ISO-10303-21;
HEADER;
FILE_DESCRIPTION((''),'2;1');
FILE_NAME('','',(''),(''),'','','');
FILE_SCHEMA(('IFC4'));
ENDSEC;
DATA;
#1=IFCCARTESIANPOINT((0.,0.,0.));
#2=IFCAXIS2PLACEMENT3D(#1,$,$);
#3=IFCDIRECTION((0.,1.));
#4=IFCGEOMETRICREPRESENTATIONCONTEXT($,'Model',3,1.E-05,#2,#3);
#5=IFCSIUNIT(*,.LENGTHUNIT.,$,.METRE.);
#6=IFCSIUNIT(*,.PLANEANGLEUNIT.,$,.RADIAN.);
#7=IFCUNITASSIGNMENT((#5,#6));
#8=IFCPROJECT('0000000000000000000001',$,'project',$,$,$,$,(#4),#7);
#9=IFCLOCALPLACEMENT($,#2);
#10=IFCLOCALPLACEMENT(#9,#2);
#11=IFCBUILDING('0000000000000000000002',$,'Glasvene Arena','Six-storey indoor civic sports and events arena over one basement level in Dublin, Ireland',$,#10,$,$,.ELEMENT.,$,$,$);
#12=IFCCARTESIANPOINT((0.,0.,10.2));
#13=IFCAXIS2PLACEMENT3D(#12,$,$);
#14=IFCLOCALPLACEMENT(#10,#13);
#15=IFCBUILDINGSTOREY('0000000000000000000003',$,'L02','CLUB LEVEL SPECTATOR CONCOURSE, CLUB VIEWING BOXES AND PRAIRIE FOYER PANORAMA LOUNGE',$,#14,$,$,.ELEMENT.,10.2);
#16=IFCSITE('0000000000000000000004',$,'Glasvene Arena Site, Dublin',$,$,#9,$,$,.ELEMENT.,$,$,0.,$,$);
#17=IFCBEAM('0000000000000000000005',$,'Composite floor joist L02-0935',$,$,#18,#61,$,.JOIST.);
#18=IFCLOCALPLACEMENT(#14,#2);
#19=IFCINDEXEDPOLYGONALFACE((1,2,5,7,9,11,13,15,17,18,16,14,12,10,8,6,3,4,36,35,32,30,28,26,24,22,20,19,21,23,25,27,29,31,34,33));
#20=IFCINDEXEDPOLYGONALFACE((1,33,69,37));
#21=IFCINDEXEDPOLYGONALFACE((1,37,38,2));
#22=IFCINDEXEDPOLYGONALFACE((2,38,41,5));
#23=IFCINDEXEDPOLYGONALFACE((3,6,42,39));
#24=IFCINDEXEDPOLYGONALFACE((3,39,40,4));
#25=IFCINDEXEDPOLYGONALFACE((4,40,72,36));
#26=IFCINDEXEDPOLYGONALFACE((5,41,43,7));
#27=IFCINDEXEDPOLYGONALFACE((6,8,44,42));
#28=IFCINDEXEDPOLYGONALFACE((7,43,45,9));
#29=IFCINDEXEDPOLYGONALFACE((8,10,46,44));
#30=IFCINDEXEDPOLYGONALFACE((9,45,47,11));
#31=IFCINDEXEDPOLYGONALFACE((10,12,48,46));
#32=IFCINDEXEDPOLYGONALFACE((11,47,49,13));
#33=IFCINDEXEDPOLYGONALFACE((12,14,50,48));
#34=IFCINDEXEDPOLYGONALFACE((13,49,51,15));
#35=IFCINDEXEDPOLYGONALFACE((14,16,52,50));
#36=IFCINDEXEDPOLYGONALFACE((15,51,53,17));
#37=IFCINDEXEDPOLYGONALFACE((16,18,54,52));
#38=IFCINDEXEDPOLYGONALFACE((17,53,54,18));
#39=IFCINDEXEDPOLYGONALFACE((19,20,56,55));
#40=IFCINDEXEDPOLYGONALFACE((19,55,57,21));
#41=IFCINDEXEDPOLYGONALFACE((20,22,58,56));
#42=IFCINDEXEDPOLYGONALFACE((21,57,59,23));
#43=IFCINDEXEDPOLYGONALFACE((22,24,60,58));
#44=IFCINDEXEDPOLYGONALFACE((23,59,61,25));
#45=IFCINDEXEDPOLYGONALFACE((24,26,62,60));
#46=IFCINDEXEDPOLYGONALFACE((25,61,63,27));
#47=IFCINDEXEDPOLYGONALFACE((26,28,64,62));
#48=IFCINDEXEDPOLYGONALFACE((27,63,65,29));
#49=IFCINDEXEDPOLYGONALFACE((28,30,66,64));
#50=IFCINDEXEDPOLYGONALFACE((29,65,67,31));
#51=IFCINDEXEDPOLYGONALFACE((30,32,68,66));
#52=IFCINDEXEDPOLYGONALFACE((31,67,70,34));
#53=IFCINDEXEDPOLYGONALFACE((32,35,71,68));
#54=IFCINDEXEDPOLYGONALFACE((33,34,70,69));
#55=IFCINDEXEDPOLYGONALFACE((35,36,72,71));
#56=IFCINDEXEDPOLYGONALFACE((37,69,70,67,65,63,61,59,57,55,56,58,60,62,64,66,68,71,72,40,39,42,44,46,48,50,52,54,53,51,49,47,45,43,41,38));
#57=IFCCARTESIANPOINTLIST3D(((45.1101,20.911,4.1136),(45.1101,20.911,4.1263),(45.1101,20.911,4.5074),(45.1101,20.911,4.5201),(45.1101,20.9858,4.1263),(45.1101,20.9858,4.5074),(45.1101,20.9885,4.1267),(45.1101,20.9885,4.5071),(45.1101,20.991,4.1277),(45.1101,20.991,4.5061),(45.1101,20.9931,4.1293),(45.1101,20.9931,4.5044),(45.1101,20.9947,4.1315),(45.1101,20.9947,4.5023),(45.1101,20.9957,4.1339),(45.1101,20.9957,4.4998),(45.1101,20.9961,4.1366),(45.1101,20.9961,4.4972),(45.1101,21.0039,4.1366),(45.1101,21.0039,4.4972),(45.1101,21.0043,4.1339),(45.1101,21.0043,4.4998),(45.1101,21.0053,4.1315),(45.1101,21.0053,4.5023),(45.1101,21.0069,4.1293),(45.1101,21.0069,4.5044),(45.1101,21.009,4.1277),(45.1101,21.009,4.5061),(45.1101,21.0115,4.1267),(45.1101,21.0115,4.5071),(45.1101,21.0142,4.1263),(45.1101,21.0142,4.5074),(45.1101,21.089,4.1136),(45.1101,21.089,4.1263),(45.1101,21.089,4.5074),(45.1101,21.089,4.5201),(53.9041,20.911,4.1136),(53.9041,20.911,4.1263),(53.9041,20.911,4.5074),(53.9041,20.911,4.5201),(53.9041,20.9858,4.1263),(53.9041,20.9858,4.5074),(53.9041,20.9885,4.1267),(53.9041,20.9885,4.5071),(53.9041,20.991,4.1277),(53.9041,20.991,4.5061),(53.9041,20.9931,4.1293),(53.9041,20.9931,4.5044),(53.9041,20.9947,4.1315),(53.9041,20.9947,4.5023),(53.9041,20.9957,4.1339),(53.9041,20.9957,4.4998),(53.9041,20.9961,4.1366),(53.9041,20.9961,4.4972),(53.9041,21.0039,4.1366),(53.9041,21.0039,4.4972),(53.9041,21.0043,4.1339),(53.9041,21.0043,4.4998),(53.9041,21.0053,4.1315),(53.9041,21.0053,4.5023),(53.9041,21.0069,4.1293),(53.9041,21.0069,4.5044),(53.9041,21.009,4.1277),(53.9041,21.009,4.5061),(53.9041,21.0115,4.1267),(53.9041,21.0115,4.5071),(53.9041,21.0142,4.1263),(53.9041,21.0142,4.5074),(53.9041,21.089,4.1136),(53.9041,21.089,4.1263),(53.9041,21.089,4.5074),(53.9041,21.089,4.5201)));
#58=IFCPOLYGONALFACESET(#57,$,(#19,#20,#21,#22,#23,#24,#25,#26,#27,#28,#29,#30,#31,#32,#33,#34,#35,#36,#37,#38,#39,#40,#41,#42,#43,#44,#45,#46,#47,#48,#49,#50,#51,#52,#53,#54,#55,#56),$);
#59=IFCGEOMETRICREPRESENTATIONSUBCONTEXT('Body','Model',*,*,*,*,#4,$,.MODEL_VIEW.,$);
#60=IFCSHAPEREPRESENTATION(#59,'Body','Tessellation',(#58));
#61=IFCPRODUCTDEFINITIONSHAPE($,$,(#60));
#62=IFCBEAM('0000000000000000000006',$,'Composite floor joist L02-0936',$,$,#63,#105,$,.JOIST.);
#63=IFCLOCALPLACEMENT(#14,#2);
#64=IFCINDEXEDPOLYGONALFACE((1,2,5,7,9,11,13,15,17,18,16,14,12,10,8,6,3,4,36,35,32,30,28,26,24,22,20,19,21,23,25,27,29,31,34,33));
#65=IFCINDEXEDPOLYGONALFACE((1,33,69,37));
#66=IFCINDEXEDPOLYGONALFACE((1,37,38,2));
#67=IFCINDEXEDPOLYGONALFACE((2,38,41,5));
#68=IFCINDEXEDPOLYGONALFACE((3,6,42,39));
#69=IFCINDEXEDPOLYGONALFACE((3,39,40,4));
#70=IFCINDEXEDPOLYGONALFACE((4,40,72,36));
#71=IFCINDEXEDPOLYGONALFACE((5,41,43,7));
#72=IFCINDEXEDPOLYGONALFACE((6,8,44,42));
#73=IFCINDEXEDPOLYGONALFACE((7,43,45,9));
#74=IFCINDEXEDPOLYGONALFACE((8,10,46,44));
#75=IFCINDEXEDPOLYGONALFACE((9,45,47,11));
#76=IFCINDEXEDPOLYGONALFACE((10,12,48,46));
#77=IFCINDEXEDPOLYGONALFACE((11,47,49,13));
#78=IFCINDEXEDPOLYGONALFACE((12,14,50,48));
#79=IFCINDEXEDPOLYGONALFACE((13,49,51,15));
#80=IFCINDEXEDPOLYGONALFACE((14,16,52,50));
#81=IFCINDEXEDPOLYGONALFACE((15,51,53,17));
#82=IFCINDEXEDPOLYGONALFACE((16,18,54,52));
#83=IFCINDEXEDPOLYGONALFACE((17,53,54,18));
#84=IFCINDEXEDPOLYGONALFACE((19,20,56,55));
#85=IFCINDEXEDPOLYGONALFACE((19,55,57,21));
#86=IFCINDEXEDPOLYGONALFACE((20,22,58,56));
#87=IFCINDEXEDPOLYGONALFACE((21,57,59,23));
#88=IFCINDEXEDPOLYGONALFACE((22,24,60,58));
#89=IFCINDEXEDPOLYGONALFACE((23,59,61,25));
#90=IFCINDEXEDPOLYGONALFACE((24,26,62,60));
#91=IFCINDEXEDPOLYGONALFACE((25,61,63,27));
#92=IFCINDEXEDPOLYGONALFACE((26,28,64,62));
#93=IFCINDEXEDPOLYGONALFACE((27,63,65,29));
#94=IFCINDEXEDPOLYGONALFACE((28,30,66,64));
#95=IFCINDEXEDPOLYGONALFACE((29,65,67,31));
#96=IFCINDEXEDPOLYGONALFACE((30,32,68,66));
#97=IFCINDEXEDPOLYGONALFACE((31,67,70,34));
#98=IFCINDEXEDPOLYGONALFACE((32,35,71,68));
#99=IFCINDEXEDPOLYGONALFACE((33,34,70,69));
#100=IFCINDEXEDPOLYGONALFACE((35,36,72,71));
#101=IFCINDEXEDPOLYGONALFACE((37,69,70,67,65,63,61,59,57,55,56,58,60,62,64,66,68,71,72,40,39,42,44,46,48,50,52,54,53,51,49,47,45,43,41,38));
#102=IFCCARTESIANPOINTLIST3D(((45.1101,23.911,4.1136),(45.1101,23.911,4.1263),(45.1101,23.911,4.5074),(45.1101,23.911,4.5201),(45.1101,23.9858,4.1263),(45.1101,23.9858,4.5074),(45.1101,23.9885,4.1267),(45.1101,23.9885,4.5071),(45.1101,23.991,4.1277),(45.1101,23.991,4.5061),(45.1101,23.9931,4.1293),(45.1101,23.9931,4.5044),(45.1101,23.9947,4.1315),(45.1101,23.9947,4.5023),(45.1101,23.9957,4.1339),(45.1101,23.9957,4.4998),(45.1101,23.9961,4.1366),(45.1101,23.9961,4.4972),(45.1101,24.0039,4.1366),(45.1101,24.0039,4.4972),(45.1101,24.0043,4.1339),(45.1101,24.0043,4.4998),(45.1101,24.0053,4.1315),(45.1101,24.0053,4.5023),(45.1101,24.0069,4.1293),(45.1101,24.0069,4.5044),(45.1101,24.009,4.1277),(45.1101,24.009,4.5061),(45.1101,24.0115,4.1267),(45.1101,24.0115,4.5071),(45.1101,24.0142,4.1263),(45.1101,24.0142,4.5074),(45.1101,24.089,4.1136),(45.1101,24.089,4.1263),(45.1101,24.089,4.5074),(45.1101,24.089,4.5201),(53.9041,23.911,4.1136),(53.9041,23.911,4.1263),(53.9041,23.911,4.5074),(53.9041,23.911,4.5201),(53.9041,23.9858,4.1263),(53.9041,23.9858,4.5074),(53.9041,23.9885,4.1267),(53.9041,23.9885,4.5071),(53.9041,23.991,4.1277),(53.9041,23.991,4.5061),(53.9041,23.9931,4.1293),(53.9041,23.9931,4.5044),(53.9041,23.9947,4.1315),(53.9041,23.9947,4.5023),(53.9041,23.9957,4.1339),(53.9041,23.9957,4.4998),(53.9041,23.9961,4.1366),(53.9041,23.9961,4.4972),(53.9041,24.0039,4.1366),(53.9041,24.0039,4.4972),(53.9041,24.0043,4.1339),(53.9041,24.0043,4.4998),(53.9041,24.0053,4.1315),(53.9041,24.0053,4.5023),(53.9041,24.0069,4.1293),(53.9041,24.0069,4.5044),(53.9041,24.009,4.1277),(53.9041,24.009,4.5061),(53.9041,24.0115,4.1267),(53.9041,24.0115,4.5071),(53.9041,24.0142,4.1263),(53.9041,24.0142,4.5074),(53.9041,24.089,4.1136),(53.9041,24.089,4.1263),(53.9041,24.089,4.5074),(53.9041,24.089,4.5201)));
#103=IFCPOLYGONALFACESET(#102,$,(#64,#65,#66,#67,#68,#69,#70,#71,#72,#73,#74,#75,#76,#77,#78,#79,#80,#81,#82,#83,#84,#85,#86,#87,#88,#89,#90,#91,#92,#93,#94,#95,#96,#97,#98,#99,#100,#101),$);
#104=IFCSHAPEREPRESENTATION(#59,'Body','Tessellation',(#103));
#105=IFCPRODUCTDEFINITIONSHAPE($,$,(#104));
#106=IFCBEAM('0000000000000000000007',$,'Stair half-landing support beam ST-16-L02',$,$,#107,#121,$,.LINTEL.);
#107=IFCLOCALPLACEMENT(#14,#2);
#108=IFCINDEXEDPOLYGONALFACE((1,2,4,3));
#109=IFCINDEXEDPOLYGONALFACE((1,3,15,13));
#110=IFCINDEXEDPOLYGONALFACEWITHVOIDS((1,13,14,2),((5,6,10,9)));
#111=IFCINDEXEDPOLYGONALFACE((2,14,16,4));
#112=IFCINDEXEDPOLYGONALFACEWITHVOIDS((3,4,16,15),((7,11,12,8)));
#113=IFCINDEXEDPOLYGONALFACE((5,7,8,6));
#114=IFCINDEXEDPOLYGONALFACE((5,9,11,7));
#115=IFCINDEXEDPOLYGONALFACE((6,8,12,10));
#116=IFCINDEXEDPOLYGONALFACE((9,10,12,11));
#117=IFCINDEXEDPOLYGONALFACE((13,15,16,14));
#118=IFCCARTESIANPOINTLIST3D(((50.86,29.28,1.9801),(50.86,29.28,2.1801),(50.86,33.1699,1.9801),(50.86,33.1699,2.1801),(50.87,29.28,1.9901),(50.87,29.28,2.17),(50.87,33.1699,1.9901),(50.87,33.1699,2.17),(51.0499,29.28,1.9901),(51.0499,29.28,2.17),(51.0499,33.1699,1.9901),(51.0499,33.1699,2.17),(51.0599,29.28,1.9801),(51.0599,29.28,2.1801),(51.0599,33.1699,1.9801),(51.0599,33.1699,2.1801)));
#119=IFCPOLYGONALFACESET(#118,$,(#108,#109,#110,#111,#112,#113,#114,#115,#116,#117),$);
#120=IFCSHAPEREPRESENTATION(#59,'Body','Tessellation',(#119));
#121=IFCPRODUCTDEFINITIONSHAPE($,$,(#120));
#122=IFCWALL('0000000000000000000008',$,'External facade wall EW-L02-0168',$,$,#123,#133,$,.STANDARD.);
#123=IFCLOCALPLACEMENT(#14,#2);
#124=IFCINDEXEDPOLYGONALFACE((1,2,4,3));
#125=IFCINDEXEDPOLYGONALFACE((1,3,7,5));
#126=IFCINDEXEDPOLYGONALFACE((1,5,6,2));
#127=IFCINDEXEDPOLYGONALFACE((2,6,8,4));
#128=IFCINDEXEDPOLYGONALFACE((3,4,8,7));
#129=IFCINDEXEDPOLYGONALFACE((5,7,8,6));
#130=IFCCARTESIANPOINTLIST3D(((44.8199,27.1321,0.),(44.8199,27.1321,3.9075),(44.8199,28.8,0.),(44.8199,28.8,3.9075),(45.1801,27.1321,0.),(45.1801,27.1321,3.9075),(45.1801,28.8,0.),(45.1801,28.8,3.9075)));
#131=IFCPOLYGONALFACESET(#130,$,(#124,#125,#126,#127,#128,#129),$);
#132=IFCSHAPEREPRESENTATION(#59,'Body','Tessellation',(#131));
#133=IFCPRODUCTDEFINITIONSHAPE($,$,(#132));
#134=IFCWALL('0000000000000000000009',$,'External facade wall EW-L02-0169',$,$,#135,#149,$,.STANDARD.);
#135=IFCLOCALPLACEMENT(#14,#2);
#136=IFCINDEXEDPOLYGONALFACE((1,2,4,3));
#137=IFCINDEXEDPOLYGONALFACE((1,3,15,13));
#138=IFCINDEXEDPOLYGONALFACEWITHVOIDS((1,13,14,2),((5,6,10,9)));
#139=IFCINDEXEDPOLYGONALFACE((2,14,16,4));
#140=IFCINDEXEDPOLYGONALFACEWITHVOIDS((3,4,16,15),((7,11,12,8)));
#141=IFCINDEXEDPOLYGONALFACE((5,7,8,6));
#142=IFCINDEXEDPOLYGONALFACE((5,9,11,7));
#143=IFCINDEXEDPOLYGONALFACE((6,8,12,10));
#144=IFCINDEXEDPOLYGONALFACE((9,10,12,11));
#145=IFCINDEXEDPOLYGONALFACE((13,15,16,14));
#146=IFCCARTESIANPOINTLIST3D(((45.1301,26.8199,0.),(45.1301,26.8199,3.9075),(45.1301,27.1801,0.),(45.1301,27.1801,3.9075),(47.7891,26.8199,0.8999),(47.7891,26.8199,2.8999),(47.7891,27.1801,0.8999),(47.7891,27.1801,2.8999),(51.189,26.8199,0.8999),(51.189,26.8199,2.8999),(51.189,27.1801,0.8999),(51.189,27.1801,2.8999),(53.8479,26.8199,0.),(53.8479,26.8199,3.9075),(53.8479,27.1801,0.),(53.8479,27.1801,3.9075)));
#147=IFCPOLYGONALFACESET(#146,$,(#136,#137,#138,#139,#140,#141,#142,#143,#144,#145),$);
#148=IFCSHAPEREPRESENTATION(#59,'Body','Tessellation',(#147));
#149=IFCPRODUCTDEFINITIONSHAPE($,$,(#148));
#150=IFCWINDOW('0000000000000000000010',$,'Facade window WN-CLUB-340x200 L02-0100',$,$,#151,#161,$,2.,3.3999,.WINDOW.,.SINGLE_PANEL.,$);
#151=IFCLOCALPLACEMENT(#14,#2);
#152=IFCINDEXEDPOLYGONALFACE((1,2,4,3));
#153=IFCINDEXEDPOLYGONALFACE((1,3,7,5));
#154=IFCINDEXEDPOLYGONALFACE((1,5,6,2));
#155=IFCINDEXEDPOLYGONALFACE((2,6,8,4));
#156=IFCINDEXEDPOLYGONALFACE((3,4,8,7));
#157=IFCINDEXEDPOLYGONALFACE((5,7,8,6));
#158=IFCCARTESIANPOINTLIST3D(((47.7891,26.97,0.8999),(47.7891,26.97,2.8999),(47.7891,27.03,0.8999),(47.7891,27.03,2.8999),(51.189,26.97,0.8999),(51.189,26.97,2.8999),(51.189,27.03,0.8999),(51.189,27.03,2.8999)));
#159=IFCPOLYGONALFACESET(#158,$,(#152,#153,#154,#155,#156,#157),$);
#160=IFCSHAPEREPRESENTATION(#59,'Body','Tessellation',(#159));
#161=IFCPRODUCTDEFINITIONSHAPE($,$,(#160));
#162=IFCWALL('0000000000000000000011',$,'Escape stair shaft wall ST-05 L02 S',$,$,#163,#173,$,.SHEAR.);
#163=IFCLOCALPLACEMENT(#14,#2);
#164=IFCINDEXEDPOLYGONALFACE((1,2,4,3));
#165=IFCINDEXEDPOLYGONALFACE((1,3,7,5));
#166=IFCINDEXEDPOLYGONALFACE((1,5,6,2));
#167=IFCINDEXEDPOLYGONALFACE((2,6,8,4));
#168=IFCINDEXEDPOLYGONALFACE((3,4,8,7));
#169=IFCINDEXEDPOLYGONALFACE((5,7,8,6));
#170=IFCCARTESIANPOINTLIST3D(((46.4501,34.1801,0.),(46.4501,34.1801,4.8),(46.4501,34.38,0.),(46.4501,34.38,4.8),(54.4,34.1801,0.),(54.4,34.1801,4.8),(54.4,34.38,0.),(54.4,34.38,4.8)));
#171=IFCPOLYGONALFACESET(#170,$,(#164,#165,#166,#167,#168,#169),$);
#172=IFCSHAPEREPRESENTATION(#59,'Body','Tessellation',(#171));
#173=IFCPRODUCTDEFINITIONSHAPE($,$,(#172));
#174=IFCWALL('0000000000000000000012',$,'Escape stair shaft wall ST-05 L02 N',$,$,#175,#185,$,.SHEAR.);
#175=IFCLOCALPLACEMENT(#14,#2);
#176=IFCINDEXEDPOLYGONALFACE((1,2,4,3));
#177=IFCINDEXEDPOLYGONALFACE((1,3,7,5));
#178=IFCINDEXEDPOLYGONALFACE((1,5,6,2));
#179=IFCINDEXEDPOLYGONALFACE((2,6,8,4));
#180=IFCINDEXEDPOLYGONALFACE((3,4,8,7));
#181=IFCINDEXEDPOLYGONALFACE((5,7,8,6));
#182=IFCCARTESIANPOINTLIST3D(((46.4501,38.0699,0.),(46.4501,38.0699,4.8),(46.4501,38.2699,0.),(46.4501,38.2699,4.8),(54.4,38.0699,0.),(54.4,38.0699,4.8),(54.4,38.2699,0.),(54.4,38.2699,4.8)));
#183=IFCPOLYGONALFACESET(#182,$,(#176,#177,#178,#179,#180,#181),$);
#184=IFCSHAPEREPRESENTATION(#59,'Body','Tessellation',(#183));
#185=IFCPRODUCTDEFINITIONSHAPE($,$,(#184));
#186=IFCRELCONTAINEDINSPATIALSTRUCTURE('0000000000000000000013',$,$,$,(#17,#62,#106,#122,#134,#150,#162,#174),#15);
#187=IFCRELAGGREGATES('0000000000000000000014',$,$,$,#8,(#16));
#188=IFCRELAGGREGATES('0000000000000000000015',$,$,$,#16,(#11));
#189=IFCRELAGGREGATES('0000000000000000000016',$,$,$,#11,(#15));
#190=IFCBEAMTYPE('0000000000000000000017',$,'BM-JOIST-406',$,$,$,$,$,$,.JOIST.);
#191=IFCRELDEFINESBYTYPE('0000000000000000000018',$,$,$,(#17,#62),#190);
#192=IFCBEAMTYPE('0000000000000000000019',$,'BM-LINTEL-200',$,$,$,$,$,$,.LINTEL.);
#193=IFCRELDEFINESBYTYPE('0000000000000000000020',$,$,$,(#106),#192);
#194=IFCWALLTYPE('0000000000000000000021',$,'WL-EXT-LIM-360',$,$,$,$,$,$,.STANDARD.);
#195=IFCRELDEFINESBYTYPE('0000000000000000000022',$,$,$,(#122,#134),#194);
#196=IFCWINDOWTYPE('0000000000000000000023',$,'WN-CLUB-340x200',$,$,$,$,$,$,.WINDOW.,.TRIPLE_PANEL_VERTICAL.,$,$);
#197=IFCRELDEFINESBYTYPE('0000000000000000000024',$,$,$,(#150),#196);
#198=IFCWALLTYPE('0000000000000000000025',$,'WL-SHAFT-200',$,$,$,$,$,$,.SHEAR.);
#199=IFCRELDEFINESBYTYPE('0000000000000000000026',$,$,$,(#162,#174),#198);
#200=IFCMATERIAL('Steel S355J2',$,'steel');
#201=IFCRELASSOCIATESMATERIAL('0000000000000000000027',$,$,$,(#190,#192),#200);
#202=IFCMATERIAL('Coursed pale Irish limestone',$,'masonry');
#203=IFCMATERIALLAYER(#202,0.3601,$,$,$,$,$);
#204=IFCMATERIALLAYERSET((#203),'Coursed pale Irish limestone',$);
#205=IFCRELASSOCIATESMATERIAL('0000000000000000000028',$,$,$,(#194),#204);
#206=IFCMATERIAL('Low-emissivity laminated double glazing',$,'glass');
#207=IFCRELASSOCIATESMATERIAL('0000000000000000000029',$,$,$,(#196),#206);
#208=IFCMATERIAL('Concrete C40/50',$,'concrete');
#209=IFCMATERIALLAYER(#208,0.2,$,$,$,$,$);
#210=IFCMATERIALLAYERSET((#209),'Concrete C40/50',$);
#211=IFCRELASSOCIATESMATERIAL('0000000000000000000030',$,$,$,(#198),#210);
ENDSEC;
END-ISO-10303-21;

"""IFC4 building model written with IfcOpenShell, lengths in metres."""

from ifc_helpers import new_model, si_unit, direction, frame, frame_2d, origin, origin_2d, place, context, subcontext, project, spatial, rectangle, hollow_rectangle, i_section, extrude, material, layer, layer_set, material_profile, profile_set, type_object, element, fill, save


model = new_model("IFC4")

# Units and contexts
model_context = context("Model", 3, precision=1e-05, world=origin(), true_north=direction((0.0, 1.0)))
body_context = subcontext(model_context, "Body", "Model", "MODEL_VIEW")
ifc_project = project(units=[si_unit("LENGTHUNIT", "METRE"), si_unit("PLANEANGLEUNIT", "RADIAN")], contexts=[model_context])

# Site, building, storey
site_placement = place(None, origin())
site = spatial("IfcSite", under=ifc_project, at=site_placement, Name="Glasvene Arena Site, Dublin", CompositionType="ELEMENT", RefElevation=0.0)
building_placement = place(site_placement, origin())
building = spatial("IfcBuilding", under=site, at=building_placement, Name="Glasvene Arena", Description="Six-storey indoor civic sports and events arena over one basement level in Dublin, Ireland", CompositionType="ELEMENT")
storey_placement = place(building_placement, frame((0.0, 0.0, 10.2)))
storey = spatial("IfcBuildingStorey", under=building, at=storey_placement, Name="L02", Description="CLUB LEVEL SPECTATOR CONCOURSE, CLUB VIEWING BOXES AND PRAIRIE FOYER PANORAMA LOUNGE", CompositionType="ELEMENT", Elevation=10.2)

# Shared definitions
ifc_material_1 = material(Name="Steel S355J2", Category="steel")

# Beams
ifc_material_profile_1 = material_profile(ifc_material_1, i_section(OverallWidth=0.178, OverallDepth=0.4065, WebThickness=0.0078, FlangeThickness=0.0127, FilletRadius=0.0103, at=origin_2d()), Name="UKB 406x178x60")
ifc_profile_set_1 = profile_set([ifc_material_profile_1], Name="Steel S355J2")
beam_type_1 = type_object("IfcBeamType", Name="BM-JOIST-406", PredefinedType="JOIST", material=ifc_profile_set_1)
for number, where, z_axis, x_axis, name in (
    (1, (45.1101, 21.0, 4.3169), (1.0, 0.0, 0.0), (0.0, 1.0, 0.0), "Composite floor joist L02-0935"),
    (2, (45.1101, 24.0, 4.3169), (1.0, 0.0, 0.0), (0.0, 1.0, 0.0), "Composite floor joist L02-0936"),
):
    element("IfcBeam", number, at=place(storey_placement, frame(where, z_axis=z_axis, x_axis=x_axis)), inside=storey, type_object=beam_type_1, Name=name, PredefinedType="JOIST", context=body_context, shape_type="SweptSolid", body=[
        extrude(i_section(OverallWidth=0.178, OverallDepth=0.4065, WebThickness=0.0078, FlangeThickness=0.0127, FilletRadius=0.0103, at=origin_2d()), origin(), (0.0, 0.0, 1.0), 8.7939),
    ])
ifc_material_profile_2 = material_profile(ifc_material_1, hollow_rectangle(XDim=0.2, YDim=0.2, WallThickness=0.01, at=origin_2d()), Name="SHS 200x200x10.0")
ifc_profile_set_2 = profile_set([ifc_material_profile_2], Name="Steel S355J2")
beam_type_2 = type_object("IfcBeamType", Name="BM-LINTEL-200", PredefinedType="LINTEL", material=ifc_profile_set_2)
beam_1_placement = place(storey_placement, frame((50.96, 29.28, 2.0801), z_axis=(0.0, 1.0, 0.0), x_axis=(-1.0, 0.0, 0.0)))
element("IfcBeam", 3, at=beam_1_placement, inside=storey, type_object=beam_type_2, Name="Stair half-landing support beam ST-16-L02", PredefinedType="LINTEL", context=body_context, shape_type="SweptSolid", body=[
    extrude(hollow_rectangle(XDim=0.2, YDim=0.2, WallThickness=0.01, at=origin_2d()), origin(), (0.0, 0.0, 1.0), 3.8899),
])

# Shared definitions
ifc_material_2 = material(Name="Concrete C40/50", Category="concrete")

# Wall
ifc_material_3 = material(Name="Coursed pale Irish limestone", Category="masonry")
ifc_layer_1 = layer(ifc_material_3, 0.3601)
ifc_layer_set_1 = layer_set([ifc_layer_1], Name="Coursed pale Irish limestone")
wall_type_1 = type_object("IfcWallType", Name="WL-EXT-LIM-360", PredefinedType="STANDARD", material=ifc_layer_set_1)
wall_1_placement = place(storey_placement, frame((45.0, 28.8, 0.0), z_axis=(0.0, 0.0, 1.0), x_axis=(0.0, -1.0, 0.0)))
element("IfcWall", 4, at=wall_1_placement, inside=storey, type_object=wall_type_1, Name="External facade wall EW-L02-0168", PredefinedType="STANDARD", context=body_context, shape_type="SweptSolid", body=[
    extrude(rectangle(XDim=1.668, YDim=0.3601, at=frame_2d((0.834, 0.0))), origin(), (0.0, 0.0, 1.0), 3.9075),
])

# Wall, opening, window
wall_2_placement = place(storey_placement, frame((45.1301, 27.0, 0.0), z_axis=(0.0, 0.0, 1.0), x_axis=(1.0, 0.0, 0.0)))
wall_2 = element("IfcWall", 5, at=wall_2_placement, inside=storey, type_object=wall_type_1, Name="External facade wall EW-L02-0169", PredefinedType="STANDARD", context=body_context, shape_type="SweptSolid", body=[
    extrude(rectangle(XDim=8.7178, YDim=0.3601, at=frame_2d((4.3589, 0.0))), origin(), (0.0, 0.0, 1.0), 3.9075),
])
opening_1_placement = place(wall_2_placement, frame((2.6589, 0.0, 0.8999)))
opening_1 = element("IfcOpeningElement", 6, at=opening_1_placement, cuts=wall_2, PredefinedType="OPENING", context=body_context, shape_type="SweptSolid", body=[
    extrude(rectangle(XDim=3.3999, YDim=2.0, at=frame_2d((1.7, 1.0))), frame((0.0, 0.1899, 0.0), z_axis=(0.0, -1.0, 0.0), x_axis=(1.0, 0.0, 0.0)), (0.0, 0.0, 1.0), 0.3801),
])
ifc_material_4 = material(Name="Low-emissivity laminated double glazing", Category="glass")
window_type = type_object("IfcWindowType", Name="WN-CLUB-340x200", PartitioningType="TRIPLE_PANEL_VERTICAL", PredefinedType="WINDOW", material=ifc_material_4)
window_placement = place(opening_1_placement, origin())
window = element("IfcWindow", 7, at=window_placement, inside=storey, type_object=window_type, Name="Facade window WN-CLUB-340x200 L02-0100", OverallHeight=2.0, OverallWidth=3.3999, PartitioningType="SINGLE_PANEL", PredefinedType="WINDOW", context=body_context, shape_type="SweptSolid", body=[
    extrude(rectangle(XDim=3.3999, YDim=2.0, at=frame_2d((1.7, 1.0))), frame((0.0, 0.03, 0.0), z_axis=(0.0, -1.0, 0.0), x_axis=(1.0, 0.0, 0.0)), (0.0, 0.0, 1.0), 0.0601),
])
fill(opening_1, window)

# Wall
ifc_layer_2 = layer(ifc_material_2, 0.2)
ifc_layer_set_2 = layer_set([ifc_layer_2], Name="Concrete C40/50")
wall_type_2 = type_object("IfcWallType", Name="WL-SHAFT-200", PredefinedType="SHEAR", material=ifc_layer_set_2)
wall_3_placement = place(storey_placement, frame((46.45, 34.28, 0.0), z_axis=(0.0, 0.0, 1.0), x_axis=(1.0, 0.0, 0.0)))
element("IfcWall", 8, at=wall_3_placement, inside=storey, type_object=wall_type_2, Name="Escape stair shaft wall ST-05 L02 S", PredefinedType="SHEAR", context=body_context, shape_type="SweptSolid", body=[
    extrude(rectangle(XDim=7.95, YDim=0.2, at=frame_2d((3.9751, 0.0))), origin(), (0.0, 0.0, 1.0), 4.8),
])

# Wall
for number, where, z_axis, x_axis, name in (
    (9, (46.45, 38.1699, 0.0), (0.0, 0.0, 1.0), (1.0, 0.0, 0.0), "Escape stair shaft wall ST-05 L02 N"),
):
    element("IfcWall", number, at=place(storey_placement, frame(where, z_axis=z_axis, x_axis=x_axis)), inside=storey, type_object=wall_type_2, Name=name, PredefinedType="SHEAR", context=body_context, shape_type="SweptSolid", body=[
        extrude(rectangle(XDim=7.95, YDim=0.2, at=frame_2d((3.9751, 0.0))), origin(), (0.0, 0.0, 1.0), 4.8),
    ])

save(model, "model.ifc")
